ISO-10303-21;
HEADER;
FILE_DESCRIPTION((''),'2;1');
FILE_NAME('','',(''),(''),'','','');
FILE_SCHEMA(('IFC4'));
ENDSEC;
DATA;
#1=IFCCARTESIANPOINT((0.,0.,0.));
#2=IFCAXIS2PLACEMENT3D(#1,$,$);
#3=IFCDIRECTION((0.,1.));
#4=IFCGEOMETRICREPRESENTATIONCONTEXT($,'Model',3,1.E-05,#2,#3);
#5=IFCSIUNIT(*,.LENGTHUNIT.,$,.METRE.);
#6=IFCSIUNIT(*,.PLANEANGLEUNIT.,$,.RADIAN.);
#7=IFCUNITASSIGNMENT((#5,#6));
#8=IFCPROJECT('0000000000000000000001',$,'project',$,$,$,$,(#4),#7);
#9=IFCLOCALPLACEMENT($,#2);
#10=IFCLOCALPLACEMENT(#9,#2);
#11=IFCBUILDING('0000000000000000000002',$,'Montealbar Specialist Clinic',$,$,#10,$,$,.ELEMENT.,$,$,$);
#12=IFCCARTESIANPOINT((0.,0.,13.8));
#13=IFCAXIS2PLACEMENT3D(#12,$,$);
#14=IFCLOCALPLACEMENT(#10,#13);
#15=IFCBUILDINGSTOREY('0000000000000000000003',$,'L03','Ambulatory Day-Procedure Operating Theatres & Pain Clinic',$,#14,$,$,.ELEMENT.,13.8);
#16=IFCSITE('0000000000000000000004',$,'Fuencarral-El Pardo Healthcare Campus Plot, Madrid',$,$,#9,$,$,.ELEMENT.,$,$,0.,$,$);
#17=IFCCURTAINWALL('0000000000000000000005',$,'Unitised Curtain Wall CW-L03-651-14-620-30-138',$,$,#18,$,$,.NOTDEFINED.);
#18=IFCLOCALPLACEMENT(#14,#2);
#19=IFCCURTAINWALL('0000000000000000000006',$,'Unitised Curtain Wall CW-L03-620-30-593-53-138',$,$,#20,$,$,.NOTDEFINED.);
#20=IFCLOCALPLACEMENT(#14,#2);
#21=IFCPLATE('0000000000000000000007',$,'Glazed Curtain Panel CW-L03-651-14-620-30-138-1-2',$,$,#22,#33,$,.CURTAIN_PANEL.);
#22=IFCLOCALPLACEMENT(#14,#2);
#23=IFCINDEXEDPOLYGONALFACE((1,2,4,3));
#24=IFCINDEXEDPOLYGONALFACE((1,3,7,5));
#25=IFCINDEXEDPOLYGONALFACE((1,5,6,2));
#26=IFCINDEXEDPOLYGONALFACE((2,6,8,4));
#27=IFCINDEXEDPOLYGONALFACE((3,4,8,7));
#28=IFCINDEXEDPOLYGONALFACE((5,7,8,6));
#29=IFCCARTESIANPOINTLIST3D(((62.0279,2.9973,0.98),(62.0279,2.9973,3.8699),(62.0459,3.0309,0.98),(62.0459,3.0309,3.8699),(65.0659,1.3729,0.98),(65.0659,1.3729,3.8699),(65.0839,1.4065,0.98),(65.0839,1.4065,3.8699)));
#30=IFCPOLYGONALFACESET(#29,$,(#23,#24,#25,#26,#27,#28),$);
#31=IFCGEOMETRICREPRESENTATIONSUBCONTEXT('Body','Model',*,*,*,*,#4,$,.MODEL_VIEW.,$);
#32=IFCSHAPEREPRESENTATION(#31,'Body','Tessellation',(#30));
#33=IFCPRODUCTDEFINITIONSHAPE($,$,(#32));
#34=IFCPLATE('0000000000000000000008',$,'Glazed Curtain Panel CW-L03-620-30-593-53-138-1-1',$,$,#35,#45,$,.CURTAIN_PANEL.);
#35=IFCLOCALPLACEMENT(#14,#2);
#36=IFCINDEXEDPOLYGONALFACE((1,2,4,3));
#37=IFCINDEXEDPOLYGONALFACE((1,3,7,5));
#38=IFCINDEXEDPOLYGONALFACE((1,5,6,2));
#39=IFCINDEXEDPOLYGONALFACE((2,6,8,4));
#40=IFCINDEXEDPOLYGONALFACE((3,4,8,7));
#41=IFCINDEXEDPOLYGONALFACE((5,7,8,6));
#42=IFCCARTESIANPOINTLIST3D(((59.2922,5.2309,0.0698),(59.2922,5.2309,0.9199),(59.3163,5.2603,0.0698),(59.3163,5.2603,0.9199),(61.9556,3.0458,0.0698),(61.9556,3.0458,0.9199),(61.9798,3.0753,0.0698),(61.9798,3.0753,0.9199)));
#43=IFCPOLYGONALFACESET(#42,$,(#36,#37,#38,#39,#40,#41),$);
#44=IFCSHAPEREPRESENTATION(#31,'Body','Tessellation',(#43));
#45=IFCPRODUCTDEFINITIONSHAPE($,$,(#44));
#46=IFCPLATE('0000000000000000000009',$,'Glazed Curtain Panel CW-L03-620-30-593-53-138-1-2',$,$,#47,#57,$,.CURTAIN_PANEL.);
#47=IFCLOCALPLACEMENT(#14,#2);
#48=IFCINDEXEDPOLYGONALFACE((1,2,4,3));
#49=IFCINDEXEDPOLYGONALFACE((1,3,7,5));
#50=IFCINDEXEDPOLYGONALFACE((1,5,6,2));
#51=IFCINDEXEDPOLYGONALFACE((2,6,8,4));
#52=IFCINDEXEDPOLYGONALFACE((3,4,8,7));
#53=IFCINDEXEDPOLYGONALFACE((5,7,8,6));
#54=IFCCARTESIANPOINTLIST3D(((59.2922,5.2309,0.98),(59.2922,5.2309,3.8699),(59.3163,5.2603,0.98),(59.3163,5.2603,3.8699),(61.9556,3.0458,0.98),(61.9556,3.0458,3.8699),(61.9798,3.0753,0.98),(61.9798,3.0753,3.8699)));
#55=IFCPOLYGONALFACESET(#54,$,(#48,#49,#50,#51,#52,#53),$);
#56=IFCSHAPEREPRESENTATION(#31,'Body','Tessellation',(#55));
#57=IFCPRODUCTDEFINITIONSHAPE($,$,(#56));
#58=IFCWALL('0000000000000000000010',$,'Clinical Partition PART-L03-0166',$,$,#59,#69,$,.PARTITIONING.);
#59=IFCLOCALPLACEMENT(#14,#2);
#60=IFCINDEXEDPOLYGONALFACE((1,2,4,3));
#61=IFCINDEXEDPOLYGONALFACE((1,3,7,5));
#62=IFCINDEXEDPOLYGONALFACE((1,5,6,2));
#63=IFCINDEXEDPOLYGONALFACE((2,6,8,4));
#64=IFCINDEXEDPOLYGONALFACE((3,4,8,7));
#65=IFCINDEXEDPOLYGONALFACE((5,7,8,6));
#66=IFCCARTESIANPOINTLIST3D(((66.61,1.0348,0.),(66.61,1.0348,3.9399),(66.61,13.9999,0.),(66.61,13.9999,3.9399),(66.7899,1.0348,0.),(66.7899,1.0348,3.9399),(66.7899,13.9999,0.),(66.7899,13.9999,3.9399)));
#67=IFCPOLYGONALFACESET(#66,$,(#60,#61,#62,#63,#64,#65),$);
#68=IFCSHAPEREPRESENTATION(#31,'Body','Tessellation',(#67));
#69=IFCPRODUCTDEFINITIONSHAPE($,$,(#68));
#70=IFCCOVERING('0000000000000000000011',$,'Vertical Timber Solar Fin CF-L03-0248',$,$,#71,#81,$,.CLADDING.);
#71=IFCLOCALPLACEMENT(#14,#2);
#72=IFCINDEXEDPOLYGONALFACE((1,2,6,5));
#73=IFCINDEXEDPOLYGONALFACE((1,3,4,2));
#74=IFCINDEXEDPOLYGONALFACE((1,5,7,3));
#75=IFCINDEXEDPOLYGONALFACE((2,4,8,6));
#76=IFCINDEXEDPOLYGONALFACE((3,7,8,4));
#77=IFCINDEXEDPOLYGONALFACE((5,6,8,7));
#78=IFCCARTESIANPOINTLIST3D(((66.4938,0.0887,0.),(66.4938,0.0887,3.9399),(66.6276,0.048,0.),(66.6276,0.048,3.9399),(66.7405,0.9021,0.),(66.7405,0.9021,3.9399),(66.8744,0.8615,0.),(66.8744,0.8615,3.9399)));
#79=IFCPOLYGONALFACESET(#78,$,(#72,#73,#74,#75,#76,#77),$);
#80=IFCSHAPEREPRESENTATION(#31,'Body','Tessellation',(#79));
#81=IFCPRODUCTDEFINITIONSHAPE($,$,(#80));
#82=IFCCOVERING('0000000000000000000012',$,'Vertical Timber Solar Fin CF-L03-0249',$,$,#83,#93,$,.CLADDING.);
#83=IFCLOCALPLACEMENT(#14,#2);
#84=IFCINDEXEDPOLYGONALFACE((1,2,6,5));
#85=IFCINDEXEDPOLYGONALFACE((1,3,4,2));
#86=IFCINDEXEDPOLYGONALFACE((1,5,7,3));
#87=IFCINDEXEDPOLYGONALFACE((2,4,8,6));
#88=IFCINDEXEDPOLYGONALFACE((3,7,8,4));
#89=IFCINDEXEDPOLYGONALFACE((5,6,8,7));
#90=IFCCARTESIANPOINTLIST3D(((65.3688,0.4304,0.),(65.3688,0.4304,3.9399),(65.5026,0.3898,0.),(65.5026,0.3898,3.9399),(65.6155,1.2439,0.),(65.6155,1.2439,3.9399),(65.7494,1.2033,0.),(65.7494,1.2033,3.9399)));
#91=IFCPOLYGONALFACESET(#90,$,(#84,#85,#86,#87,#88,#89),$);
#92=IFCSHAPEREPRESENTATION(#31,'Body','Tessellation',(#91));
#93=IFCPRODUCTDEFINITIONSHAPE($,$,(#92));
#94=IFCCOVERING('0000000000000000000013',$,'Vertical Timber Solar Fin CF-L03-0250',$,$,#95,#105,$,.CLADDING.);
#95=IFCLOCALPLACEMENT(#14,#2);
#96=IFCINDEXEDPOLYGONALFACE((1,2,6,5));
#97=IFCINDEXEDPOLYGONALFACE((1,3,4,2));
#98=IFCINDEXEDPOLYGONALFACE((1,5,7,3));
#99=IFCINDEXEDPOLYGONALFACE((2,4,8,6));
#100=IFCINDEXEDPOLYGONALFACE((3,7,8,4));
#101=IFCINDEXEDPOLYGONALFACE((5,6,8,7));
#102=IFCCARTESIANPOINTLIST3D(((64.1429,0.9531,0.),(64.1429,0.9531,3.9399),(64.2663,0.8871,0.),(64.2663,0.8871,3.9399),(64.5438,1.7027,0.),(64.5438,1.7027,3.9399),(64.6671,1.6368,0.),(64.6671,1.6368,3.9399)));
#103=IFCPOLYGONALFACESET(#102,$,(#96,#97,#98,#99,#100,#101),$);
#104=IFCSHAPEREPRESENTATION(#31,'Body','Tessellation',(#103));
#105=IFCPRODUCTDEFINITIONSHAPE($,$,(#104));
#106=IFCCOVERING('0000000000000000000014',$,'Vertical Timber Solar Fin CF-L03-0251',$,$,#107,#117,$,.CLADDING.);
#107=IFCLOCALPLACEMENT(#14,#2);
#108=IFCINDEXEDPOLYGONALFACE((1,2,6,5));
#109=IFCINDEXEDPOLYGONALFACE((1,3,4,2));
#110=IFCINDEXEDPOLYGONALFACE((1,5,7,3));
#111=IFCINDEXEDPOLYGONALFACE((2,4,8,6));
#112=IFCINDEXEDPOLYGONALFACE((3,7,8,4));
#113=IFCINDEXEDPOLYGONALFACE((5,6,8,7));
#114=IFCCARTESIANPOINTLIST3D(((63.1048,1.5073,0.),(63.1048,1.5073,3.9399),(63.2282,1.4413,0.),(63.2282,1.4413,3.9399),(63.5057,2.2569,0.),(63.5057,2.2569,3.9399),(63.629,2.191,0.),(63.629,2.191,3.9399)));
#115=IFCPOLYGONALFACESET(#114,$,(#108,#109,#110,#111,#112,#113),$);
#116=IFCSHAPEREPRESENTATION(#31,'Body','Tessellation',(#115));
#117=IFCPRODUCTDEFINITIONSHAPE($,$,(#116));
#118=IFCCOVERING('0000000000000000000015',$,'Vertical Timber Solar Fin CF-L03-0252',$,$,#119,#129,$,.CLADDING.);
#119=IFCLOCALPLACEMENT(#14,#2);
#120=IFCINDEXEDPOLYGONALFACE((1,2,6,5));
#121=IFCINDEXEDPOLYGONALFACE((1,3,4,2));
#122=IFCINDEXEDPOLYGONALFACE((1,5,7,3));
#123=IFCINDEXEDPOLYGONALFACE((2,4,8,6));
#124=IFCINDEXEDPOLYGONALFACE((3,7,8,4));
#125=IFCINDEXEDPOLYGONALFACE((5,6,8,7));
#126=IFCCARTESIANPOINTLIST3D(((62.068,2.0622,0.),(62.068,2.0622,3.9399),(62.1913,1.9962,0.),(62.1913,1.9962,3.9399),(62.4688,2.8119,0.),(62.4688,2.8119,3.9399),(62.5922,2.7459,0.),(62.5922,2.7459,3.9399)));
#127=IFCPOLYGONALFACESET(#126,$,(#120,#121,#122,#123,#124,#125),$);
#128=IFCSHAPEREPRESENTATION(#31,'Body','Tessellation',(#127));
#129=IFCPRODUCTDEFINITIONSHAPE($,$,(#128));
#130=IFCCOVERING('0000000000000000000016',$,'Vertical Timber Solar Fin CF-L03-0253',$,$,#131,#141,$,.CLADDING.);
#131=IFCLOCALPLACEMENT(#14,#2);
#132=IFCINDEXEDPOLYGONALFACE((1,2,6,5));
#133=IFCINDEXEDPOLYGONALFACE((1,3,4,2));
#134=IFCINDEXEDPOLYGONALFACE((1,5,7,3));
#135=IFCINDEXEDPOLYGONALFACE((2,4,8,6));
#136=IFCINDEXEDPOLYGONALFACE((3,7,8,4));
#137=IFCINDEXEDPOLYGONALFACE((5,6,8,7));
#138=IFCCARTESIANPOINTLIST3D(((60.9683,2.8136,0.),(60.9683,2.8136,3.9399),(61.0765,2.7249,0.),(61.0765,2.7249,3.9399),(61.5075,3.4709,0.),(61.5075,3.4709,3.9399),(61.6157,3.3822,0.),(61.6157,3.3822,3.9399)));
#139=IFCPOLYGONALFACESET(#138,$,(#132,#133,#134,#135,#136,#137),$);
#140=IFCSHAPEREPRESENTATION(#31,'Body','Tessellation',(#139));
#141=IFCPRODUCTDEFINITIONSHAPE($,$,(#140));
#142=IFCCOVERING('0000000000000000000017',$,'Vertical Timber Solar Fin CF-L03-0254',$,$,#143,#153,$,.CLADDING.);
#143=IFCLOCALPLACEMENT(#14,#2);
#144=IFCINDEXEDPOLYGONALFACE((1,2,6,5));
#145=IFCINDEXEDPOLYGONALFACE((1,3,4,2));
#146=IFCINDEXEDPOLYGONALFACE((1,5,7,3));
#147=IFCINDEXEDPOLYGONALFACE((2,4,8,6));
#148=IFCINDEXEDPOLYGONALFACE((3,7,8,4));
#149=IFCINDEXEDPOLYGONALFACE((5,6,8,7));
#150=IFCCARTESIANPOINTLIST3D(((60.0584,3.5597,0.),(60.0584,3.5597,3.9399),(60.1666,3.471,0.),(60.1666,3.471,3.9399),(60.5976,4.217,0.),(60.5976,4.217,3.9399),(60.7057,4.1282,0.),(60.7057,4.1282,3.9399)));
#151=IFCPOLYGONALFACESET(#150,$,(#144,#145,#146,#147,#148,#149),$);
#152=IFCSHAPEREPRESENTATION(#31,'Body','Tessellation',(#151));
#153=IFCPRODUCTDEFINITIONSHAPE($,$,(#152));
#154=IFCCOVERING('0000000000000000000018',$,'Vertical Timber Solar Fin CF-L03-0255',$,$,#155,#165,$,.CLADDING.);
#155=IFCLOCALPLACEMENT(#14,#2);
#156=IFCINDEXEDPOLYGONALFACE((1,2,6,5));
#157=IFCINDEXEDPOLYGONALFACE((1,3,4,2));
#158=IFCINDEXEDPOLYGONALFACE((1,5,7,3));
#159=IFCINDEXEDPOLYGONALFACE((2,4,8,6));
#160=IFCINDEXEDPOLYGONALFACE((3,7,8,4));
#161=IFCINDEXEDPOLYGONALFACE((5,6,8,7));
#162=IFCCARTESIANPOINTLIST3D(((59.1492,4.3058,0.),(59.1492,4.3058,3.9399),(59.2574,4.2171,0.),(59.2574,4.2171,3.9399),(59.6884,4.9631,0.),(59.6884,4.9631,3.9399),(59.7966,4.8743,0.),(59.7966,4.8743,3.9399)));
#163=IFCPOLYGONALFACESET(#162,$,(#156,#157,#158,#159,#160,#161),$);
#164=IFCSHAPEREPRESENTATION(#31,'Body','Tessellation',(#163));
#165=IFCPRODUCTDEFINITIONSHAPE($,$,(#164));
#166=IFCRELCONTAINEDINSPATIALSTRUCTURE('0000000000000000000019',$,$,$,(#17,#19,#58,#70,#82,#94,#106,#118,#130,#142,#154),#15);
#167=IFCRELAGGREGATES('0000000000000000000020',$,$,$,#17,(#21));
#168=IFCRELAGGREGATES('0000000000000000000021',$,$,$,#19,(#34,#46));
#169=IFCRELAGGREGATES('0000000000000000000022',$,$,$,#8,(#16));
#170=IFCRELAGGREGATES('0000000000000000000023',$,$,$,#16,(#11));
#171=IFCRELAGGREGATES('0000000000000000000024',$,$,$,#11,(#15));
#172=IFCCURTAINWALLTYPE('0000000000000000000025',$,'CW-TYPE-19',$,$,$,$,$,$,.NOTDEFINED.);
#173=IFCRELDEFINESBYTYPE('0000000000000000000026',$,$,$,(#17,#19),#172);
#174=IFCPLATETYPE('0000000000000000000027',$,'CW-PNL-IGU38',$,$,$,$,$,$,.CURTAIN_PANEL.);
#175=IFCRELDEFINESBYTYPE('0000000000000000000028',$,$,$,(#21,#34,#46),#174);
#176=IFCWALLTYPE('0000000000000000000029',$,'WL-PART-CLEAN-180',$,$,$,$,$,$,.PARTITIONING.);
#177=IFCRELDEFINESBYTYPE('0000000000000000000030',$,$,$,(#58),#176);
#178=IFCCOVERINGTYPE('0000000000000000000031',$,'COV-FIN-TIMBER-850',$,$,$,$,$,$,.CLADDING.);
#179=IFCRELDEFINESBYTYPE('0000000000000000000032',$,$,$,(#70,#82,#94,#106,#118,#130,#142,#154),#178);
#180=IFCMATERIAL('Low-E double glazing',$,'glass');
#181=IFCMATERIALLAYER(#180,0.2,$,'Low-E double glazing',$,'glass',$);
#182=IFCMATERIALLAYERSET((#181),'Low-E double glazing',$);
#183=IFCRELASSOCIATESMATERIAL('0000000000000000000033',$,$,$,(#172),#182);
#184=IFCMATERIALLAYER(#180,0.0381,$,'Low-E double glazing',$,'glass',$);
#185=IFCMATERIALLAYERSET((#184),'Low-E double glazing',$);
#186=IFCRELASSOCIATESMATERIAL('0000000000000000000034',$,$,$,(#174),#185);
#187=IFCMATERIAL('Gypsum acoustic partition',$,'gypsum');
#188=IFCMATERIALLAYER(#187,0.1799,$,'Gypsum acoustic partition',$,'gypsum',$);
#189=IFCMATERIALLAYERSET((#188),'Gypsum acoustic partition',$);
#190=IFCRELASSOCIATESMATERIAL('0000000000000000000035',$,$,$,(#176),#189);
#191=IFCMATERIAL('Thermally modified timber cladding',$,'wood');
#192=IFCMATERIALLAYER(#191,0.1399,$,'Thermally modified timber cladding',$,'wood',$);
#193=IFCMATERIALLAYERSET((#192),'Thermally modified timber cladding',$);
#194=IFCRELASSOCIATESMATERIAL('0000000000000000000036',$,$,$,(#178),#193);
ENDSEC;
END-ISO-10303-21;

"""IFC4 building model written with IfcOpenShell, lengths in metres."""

from ifc_helpers import new_model, si_unit, direction, frame, frame_2d, origin, origin_2d, place, context, subcontext, project, spatial, rectangle, extrude, material, layer, layer_set, type_object, element, aggregate, save


model = new_model("IFC4")

# Units and contexts
model_context = context("Model", 3, precision=1e-05, world=origin(), true_north=direction((0.0, 1.0)))
body_context = subcontext(model_context, "Body", "Model", "MODEL_VIEW")
ifc_project = project(units=[si_unit("LENGTHUNIT", "METRE"), si_unit("PLANEANGLEUNIT", "RADIAN")], contexts=[model_context])

# Site, building, storey
site_placement = place(None, origin())
site = spatial("IfcSite", under=ifc_project, at=site_placement, Name="Fuencarral-El Pardo Healthcare Campus Plot, Madrid", CompositionType="ELEMENT", RefElevation=0.0)
building_placement = place(site_placement, origin())
building = spatial("IfcBuilding", under=site, at=building_placement, Name="Montealbar Specialist Clinic", CompositionType="ELEMENT")
storey_placement = place(building_placement, frame((0.0, 0.0, 13.8)))
storey = spatial("IfcBuildingStorey", under=building, at=storey_placement, Name="L03", Description="Ambulatory Day-Procedure Operating Theatres & Pain Clinic", CompositionType="ELEMENT", Elevation=13.8)

# Shared definitions
ifc_material_1 = material(Name="Low-E double glazing", Category="glass")
ifc_layer_1 = layer(ifc_material_1, 0.2, Name="Low-E double glazing", Category="glass")
ifc_layer_set_1 = layer_set([ifc_layer_1], Name="Low-E double glazing")
curtain_wall_type = type_object("IfcCurtainWallType", Name="CW-TYPE-19", PredefinedType="NOTDEFINED", material=ifc_layer_set_1)

# Curtain walls
curtain_wall_1_placement = place(storey_placement, origin())
curtain_wall_1 = element("IfcCurtainWall", 1, at=curtain_wall_1_placement, inside=storey, type_object=curtain_wall_type, Name="Unitised Curtain Wall CW-L03-651-14-620-30-138", PredefinedType="NOTDEFINED")
curtain_wall_2_placement = place(storey_placement, origin())
curtain_wall_2 = element("IfcCurtainWall", 2, at=curtain_wall_2_placement, inside=storey, type_object=curtain_wall_type, Name="Unitised Curtain Wall CW-L03-620-30-593-53-138", PredefinedType="NOTDEFINED")

# Plates
ifc_layer_2 = layer(ifc_material_1, 0.0381, Name="Low-E double glazing", Category="glass")
ifc_layer_set_2 = layer_set([ifc_layer_2], Name="Low-E double glazing")
plate_type = type_object("IfcPlateType", Name="CW-PNL-IGU38", PredefinedType="CURTAIN_PANEL", material=ifc_layer_set_2)
plate_1_placement = place(storey_placement, frame((63.5559, 2.2019, 0.98), z_axis=(0.0, 0.0, 1.0), x_axis=(-0.88185, 0.471529, 0.0)))
plate_1 = element("IfcPlate", 3, at=plate_1_placement, type_object=plate_type, Name="Glazed Curtain Panel CW-L03-651-14-620-30-138-1-2", PredefinedType="CURTAIN_PANEL", context=body_context, shape_type="SweptSolid", body=[
    extrude(rectangle(XDim=3.4451, YDim=0.0381, at=origin_2d()), origin(), (0.0, 0.0, 1.0), 2.8899),
])
aggregate(curtain_wall_1, [plate_1])
plate_2_placement = place(storey_placement, frame((60.636, 4.1531, 0.0698), z_axis=(0.0, 0.0, 1.0), x_axis=(-0.773123, 0.634256, 0.0)))
plate_2 = element("IfcPlate", 4, at=plate_2_placement, type_object=plate_type, Name="Glazed Curtain Panel CW-L03-620-30-593-53-138-1-1", PredefinedType="CURTAIN_PANEL", context=body_context, shape_type="SweptSolid", body=[
    extrude(rectangle(XDim=3.4451, YDim=0.0381, at=origin_2d()), origin(), (0.0, 0.0, 1.0), 0.8501),
])
plate_3_placement = place(storey_placement, frame((60.636, 4.1531, 0.98), z_axis=(0.0, 0.0, 1.0), x_axis=(-0.773123, 0.634256, 0.0)))
plate_3 = element("IfcPlate", 5, at=plate_3_placement, type_object=plate_type, Name="Glazed Curtain Panel CW-L03-620-30-593-53-138-1-2", PredefinedType="CURTAIN_PANEL", context=body_context, shape_type="SweptSolid", body=[
    extrude(rectangle(XDim=3.4451, YDim=0.0381, at=origin_2d()), origin(), (0.0, 0.0, 1.0), 2.8899),
])
aggregate(curtain_wall_2, [plate_2, plate_3])

# Wall
ifc_material_2 = material(Name="Gypsum acoustic partition", Category="gypsum")
ifc_layer_3 = layer(ifc_material_2, 0.1799, Name="Gypsum acoustic partition", Category="gypsum")
ifc_layer_set_3 = layer_set([ifc_layer_3], Name="Gypsum acoustic partition")
wall_type = type_object("IfcWallType", Name="WL-PART-CLEAN-180", PredefinedType="PARTITIONING", material=ifc_layer_set_3)
wall_placement = place(storey_placement, frame((66.7, 1.0349, 0.0), z_axis=(0.0, 0.0, 1.0), x_axis=(0.0, 1.0, 0.0)))
element("IfcWall", 6, at=wall_placement, inside=storey, type_object=wall_type, Name="Clinical Partition PART-L03-0166", PredefinedType="PARTITIONING", context=body_context, shape_type="SweptSolid", body=[
    extrude(rectangle(XDim=12.9651, YDim=0.1799, at=frame_2d((6.4824, 0.0))), origin(), (0.0, 0.0, 1.0), 3.9399),
])

# Coverings
ifc_material_3 = material(Name="Thermally modified timber cladding", Category="wood")
ifc_layer_4 = layer(ifc_material_3, 0.1399, Name="Thermally modified timber cladding", Category="wood")
ifc_layer_set_4 = layer_set([ifc_layer_4], Name="Thermally modified timber cladding")
covering_type = type_object("IfcCoveringType", Name="COV-FIN-TIMBER-850", PredefinedType="CLADDING", material=ifc_layer_set_4)
for number, where, z_axis, x_axis, name in (
    (7, (66.6841, 0.4751, 0.0), (0.0, 0.0, 1.0), (-0.290259, -0.956948, 0.0), "Vertical Timber Solar Fin CF-L03-0248"),
    (8, (65.5591, 0.8169, 0.0), (0.0, 0.0, 1.0), (-0.290259, -0.956948, 0.0), "Vertical Timber Solar Fin CF-L03-0249"),
    (9, (64.405, 1.2949, 0.0), (0.0, 0.0, 1.0), (-0.471529, -0.88185, 0.0), "Vertical Timber Solar Fin CF-L03-0250"),
    (10, (63.3669, 1.8491, 0.0), (0.0, 0.0, 1.0), (-0.471529, -0.88185, 0.0), "Vertical Timber Solar Fin CF-L03-0251"),
    (11, (62.3301, 2.4041, 0.0), (0.0, 0.0, 1.0), (-0.471529, -0.88185, 0.0), "Vertical Timber Solar Fin CF-L03-0252"),
    (12, (61.292, 3.0979, 0.0), (0.0, 0.0, 1.0), (-0.634256, -0.773123, 0.0), "Vertical Timber Solar Fin CF-L03-0253"),
    (13, (60.3821, 3.844, 0.0), (0.0, 0.0, 1.0), (-0.634256, -0.773123, 0.0), "Vertical Timber Solar Fin CF-L03-0254"),
    (14, (59.4729, 4.5901, 0.0), (0.0, 0.0, 1.0), (-0.634256, -0.773123, 0.0), "Vertical Timber Solar Fin CF-L03-0255"),
):
    element("IfcCovering", number, at=place(storey_placement, frame(where, z_axis=z_axis, x_axis=x_axis)), inside=storey, type_object=covering_type, Name=name, PredefinedType="CLADDING", context=body_context, shape_type="SweptSolid", body=[
        extrude(rectangle(XDim=0.8501, YDim=0.1399, at=origin_2d()), origin(), (0.0, 0.0, 1.0), 3.9399),
    ])

save(model, "model.ifc")
